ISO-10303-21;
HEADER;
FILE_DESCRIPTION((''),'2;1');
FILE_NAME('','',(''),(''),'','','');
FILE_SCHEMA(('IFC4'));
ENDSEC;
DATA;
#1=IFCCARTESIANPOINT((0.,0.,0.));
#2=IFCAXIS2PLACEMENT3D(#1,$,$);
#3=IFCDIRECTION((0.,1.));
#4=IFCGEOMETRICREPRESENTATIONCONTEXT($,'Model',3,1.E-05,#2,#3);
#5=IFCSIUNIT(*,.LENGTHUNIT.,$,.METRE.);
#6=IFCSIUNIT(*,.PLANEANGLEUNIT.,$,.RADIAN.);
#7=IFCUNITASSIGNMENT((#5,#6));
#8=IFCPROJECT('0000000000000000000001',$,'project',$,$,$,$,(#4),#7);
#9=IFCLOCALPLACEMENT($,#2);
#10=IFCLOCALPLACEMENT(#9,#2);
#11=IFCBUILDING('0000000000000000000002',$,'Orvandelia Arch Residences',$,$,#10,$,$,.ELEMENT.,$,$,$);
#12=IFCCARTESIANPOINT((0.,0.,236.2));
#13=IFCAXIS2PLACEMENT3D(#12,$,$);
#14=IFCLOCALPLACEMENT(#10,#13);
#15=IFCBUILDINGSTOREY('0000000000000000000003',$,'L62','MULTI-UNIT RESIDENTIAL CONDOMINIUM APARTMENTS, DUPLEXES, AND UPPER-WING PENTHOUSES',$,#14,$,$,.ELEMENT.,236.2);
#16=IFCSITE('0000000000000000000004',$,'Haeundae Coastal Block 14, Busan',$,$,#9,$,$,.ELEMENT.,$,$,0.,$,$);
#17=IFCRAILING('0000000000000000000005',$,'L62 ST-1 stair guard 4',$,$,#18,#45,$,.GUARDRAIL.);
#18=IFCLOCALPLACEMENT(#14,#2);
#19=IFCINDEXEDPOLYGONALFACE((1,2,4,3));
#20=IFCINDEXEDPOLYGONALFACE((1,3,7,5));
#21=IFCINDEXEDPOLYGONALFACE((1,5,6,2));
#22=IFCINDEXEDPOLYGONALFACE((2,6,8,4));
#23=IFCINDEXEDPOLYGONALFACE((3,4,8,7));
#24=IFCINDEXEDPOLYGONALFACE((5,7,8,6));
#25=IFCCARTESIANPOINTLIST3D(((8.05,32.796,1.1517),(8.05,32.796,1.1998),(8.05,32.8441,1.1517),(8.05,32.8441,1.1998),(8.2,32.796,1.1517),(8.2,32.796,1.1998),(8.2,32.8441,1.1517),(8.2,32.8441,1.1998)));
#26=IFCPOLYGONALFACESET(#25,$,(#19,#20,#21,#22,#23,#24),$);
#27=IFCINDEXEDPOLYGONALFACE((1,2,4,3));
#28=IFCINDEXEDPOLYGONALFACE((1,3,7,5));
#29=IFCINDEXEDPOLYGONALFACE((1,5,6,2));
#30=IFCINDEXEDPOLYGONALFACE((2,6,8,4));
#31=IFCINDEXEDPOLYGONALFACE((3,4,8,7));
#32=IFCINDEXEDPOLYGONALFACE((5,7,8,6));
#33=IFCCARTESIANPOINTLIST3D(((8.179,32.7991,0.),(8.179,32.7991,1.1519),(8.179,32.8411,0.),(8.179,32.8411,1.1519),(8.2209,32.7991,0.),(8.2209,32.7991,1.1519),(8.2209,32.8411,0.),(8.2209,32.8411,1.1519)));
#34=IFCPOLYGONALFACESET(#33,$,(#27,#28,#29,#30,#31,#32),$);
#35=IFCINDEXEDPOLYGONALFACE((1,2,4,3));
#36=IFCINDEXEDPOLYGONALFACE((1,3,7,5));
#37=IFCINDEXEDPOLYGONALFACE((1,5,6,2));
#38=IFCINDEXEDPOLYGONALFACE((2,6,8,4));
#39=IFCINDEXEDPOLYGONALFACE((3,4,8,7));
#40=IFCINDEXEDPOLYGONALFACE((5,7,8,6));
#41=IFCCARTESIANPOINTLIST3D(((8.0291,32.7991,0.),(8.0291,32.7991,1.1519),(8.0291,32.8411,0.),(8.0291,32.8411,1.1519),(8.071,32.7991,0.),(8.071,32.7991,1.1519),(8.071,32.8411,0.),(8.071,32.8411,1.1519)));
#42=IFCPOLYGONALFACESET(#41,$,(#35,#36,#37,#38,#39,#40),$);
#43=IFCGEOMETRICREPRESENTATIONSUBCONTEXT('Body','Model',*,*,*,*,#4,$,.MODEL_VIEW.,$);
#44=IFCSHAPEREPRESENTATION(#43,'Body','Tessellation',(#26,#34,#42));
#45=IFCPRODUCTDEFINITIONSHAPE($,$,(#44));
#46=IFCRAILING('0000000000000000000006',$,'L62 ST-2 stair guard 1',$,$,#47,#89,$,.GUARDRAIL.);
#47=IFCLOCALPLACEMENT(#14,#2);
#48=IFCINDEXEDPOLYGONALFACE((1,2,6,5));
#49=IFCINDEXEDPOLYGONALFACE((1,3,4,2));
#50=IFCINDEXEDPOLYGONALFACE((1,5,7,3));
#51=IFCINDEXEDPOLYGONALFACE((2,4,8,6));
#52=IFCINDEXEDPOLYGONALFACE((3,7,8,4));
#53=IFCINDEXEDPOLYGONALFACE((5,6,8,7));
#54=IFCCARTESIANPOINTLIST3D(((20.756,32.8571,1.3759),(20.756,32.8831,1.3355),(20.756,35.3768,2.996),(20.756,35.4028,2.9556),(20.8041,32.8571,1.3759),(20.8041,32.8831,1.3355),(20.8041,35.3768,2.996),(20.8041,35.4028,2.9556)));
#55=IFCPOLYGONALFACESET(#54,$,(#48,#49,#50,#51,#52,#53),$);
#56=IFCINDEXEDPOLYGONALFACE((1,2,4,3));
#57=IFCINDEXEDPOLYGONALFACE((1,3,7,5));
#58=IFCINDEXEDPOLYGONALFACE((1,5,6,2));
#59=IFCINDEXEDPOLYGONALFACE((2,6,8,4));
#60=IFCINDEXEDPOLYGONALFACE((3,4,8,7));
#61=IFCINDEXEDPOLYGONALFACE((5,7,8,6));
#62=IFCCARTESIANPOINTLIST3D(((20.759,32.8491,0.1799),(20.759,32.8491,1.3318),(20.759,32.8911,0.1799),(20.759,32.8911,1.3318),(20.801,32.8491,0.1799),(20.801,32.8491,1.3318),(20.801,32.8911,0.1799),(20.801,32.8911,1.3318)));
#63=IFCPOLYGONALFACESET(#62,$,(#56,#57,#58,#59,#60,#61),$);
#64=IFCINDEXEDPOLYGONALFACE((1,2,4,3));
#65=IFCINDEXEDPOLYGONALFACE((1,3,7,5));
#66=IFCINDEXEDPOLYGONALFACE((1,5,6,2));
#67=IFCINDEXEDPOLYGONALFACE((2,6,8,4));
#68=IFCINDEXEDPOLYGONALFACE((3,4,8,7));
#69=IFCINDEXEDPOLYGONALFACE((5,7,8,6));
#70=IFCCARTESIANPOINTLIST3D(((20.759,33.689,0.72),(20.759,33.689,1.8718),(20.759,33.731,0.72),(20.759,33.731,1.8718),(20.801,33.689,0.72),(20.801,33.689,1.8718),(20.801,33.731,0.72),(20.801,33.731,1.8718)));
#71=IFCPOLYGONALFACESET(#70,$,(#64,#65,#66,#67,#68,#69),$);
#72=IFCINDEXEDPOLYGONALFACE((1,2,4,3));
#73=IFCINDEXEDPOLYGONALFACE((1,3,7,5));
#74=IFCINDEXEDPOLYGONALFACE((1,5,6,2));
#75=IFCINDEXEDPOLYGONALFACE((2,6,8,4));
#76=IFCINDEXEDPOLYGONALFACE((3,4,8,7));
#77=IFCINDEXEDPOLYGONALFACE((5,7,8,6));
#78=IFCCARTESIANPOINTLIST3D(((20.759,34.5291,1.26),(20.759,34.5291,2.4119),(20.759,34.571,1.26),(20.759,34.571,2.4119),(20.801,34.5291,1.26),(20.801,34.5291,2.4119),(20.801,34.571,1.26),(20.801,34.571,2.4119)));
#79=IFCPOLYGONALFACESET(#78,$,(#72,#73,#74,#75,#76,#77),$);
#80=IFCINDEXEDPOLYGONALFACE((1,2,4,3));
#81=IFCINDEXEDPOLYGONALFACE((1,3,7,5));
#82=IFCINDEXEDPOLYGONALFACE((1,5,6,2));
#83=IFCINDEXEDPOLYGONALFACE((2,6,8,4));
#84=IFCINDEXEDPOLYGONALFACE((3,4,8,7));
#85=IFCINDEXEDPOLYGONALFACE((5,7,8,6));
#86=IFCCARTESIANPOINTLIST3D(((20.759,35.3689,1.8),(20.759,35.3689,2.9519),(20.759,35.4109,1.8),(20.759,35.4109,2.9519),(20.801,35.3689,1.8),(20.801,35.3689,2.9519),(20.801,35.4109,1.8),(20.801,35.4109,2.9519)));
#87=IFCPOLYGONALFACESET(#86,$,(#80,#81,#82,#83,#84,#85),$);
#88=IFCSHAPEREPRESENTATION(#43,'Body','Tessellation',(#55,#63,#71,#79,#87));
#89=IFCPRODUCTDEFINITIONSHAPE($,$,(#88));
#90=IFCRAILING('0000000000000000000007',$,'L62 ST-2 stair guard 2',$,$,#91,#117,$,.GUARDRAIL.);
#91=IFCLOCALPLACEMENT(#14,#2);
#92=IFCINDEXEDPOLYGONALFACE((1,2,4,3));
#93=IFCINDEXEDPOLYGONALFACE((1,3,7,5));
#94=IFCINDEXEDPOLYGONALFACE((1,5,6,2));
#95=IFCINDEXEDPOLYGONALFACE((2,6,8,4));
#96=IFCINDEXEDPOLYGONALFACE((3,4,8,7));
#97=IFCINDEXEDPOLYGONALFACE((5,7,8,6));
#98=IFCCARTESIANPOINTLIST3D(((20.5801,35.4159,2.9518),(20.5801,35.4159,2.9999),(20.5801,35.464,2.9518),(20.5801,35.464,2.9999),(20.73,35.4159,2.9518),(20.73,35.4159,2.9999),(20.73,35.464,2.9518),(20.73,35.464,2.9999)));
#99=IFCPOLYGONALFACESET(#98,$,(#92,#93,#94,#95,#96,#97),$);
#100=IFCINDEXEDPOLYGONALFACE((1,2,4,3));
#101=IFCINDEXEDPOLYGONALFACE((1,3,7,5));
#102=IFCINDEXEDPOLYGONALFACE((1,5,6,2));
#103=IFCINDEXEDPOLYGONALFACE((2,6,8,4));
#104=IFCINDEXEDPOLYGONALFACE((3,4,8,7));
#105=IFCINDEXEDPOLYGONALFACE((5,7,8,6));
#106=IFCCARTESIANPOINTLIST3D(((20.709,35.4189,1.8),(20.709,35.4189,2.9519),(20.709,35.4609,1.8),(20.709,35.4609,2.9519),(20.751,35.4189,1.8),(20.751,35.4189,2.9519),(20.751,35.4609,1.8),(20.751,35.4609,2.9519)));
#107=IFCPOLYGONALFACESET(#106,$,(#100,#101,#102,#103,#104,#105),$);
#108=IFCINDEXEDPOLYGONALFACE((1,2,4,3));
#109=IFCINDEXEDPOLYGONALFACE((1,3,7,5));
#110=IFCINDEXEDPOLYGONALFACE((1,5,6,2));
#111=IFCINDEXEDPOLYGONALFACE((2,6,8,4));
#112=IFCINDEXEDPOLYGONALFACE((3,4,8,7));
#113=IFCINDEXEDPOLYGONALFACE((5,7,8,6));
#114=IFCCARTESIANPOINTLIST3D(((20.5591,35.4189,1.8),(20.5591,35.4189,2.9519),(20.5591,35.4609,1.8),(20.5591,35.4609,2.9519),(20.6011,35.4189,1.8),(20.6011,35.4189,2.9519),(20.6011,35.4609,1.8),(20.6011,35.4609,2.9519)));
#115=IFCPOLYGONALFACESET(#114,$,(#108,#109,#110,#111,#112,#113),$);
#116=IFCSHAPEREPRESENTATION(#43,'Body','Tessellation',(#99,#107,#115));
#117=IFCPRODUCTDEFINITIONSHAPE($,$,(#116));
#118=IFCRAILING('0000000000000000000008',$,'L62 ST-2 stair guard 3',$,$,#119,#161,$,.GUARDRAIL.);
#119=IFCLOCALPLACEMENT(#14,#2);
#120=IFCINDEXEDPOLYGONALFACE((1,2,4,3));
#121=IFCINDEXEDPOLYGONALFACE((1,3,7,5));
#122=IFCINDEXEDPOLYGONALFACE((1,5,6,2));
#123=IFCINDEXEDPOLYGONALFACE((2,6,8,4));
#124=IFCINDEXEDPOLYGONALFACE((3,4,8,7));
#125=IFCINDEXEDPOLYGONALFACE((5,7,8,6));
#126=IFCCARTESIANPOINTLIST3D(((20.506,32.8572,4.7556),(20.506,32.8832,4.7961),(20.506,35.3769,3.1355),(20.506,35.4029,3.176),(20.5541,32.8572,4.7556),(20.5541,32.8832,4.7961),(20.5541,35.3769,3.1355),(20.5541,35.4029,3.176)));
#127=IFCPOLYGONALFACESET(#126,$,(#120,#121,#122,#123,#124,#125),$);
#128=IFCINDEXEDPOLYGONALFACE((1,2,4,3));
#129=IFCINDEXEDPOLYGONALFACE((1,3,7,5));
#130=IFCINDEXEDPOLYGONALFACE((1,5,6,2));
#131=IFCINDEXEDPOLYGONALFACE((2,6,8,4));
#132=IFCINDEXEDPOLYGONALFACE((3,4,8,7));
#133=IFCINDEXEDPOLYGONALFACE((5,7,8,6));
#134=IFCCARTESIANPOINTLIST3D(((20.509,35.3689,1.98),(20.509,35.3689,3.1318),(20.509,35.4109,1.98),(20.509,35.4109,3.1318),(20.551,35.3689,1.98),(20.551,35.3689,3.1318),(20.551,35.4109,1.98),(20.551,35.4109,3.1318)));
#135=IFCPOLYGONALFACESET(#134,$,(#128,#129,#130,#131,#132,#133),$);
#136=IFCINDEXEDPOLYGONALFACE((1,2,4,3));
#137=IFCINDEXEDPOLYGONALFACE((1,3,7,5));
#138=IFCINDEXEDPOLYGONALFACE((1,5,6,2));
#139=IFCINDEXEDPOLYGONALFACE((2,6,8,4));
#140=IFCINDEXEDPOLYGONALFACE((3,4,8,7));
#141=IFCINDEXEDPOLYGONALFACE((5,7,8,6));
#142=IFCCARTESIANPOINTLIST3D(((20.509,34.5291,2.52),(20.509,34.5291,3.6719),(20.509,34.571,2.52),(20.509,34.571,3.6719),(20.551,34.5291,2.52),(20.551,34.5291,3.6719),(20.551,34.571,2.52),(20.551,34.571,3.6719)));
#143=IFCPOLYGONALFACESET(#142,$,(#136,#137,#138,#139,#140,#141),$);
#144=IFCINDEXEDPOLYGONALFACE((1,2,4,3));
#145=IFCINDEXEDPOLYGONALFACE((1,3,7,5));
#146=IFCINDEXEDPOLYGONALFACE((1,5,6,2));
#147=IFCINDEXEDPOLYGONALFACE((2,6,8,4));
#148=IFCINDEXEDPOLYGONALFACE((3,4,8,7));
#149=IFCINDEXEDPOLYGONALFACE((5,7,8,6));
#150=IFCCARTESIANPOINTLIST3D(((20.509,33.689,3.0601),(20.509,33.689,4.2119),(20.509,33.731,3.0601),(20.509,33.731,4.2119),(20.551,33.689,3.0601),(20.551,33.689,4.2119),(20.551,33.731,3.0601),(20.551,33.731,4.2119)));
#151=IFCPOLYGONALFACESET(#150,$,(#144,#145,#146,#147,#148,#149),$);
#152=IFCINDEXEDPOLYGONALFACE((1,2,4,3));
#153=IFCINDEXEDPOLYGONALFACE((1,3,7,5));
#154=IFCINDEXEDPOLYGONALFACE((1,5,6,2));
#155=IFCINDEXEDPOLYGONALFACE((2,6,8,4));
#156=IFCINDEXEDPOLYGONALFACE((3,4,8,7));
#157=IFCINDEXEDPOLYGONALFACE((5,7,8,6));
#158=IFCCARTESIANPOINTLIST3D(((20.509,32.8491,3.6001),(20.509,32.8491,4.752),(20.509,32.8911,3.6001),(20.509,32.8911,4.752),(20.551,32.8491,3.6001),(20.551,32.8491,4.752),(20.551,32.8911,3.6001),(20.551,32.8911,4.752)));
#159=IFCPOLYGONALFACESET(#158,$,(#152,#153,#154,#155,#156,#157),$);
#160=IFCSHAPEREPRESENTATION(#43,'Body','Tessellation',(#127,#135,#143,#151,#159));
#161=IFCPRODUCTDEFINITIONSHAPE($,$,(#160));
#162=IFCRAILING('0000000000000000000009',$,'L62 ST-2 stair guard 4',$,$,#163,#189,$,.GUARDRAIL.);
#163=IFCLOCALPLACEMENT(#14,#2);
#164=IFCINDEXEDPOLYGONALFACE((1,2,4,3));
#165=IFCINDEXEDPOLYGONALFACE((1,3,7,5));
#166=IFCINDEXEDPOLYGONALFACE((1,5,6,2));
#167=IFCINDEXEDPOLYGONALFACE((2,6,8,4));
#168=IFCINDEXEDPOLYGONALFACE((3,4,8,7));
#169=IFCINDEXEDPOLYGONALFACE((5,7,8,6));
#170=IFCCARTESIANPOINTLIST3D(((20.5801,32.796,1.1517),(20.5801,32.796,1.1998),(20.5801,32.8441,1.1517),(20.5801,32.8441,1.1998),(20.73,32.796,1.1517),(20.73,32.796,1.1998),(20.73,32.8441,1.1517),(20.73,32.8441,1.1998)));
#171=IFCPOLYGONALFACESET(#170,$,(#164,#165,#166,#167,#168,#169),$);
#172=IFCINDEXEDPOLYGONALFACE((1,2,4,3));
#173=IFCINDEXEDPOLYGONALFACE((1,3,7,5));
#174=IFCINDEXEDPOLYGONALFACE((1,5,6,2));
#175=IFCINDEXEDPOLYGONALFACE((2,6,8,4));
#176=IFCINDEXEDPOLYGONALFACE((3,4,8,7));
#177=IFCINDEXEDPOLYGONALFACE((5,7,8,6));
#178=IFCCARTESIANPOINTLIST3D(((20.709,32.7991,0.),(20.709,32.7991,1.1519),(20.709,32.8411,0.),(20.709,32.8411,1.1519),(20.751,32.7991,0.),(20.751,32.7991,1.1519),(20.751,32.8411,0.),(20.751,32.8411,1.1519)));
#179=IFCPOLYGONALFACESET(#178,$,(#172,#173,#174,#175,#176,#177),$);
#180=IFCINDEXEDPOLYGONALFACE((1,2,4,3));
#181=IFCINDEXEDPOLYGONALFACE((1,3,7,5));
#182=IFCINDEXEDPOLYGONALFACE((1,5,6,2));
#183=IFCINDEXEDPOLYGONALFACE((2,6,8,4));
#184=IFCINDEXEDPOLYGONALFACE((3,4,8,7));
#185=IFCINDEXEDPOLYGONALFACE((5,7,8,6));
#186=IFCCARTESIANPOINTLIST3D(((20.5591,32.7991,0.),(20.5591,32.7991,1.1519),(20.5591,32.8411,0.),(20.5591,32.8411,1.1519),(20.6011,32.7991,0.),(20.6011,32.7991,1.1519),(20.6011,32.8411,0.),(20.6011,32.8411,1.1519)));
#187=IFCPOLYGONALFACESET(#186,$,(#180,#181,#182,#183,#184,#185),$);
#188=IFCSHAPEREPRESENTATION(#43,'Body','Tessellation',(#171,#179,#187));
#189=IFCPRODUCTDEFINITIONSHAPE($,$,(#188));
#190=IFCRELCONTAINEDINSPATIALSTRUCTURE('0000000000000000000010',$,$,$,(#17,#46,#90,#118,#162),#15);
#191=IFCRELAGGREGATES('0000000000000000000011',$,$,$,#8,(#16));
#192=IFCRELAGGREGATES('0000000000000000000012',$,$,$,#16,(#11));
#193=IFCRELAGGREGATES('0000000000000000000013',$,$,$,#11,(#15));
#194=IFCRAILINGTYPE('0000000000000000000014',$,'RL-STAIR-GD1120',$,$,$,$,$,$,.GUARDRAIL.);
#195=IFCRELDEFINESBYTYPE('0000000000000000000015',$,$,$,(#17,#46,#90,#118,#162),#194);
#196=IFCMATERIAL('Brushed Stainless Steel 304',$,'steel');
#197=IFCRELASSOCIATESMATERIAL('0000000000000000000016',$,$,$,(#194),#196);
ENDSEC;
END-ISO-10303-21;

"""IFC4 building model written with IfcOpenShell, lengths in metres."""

from ifc_helpers import new_model, si_unit, direction, frame, origin, origin_2d, place, context, subcontext, project, spatial, rectangle, extrude, material, type_object, element, save


model = new_model("IFC4")

# Units and contexts
model_context = context("Model", 3, precision=1e-05, world=origin(), true_north=direction((0.0, 1.0)))
body_context = subcontext(model_context, "Body", "Model", "MODEL_VIEW")
ifc_project = project(units=[si_unit("LENGTHUNIT", "METRE"), si_unit("PLANEANGLEUNIT", "RADIAN")], contexts=[model_context])

# Site, building, storey
site_placement = place(None, origin())
site = spatial("IfcSite", under=ifc_project, at=site_placement, Name="Haeundae Coastal Block 14, Busan", CompositionType="ELEMENT", RefElevation=0.0)
building_placement = place(site_placement, origin())
building = spatial("IfcBuilding", under=site, at=building_placement, Name="Orvandelia Arch Residences", CompositionType="ELEMENT")
storey_placement = place(building_placement, frame((0.0, 0.0, 236.2)))
storey = spatial("IfcBuildingStorey", under=building, at=storey_placement, Name="L62", Description="MULTI-UNIT RESIDENTIAL CONDOMINIUM APARTMENTS, DUPLEXES, AND UPPER-WING PENTHOUSES", CompositionType="ELEMENT", Elevation=236.2)

# Railings
ifc_material_1 = material(Name="Brushed Stainless Steel 304", Category="steel")
railing_type_1 = type_object("IfcRailingType", Name="RL-STAIR-GD1120", PredefinedType="GUARDRAIL", material=ifc_material_1)
railing_1_placement = place(storey_placement, frame((8.2, 32.8201, 0.0)))
element("IfcRailing", 1, at=railing_1_placement, inside=storey, type_object=railing_type_1, Name="L62 ST-1 stair guard 4", PredefinedType="GUARDRAIL", context=body_context, shape_type="SweptSolid", body=[
    extrude(rectangle(XDim=0.0481, YDim=0.0481, at=origin_2d()), frame((0.0, 0.0, 1.1758), z_axis=(-1.0, 0.0, 0.0), x_axis=(0.0, -1.0, 0.0)), (0.0, 0.0, 1.0), 0.1499),
    extrude(rectangle(XDim=0.042, YDim=0.042, at=origin_2d()), origin(), (0.0, 0.0, 1.0), 1.1519),
    extrude(rectangle(XDim=0.042, YDim=0.042, at=origin_2d()), frame((-0.1499, 0.0, 0.0)), (0.0, 0.0, 1.0), 1.1519),
])
railing_2_placement = place(storey_placement, frame((20.78, 32.8701, 0.1799)))
element("IfcRailing", 2, at=railing_2_placement, inside=storey, type_object=railing_type_1, Name="L62 ST-2 stair guard 1", PredefinedType="GUARDRAIL", context=body_context, shape_type="SweptSolid", body=[
    extrude(rectangle(XDim=0.0481, YDim=0.0481, at=origin_2d()), frame((0.0, 0.0, 1.1758), z_axis=(0.0, 0.841139, 0.540819), x_axis=(-1.0, 0.0, 0.0)), (0.0, 0.0, 1.0), 2.9956),
    extrude(rectangle(XDim=0.042, YDim=0.042, at=origin_2d()), origin(), (0.0, 0.0, 1.0), 1.1519),
    extrude(rectangle(XDim=0.042, YDim=0.042, at=origin_2d()), frame((0.0, 0.8398, 0.54)), (0.0, 0.0, 1.0), 1.1519),
    extrude(rectangle(XDim=0.042, YDim=0.042, at=origin_2d()), frame((0.0, 1.6799, 1.0801)), (0.0, 0.0, 1.0), 1.1519),
    extrude(rectangle(XDim=0.042, YDim=0.042, at=origin_2d()), frame((0.0, 2.5198, 1.6201)), (0.0, 0.0, 1.0), 1.1519),
])
railing_3_placement = place(storey_placement, frame((20.73, 35.4399, 1.8)))
element("IfcRailing", 3, at=railing_3_placement, inside=storey, type_object=railing_type_1, Name="L62 ST-2 stair guard 2", PredefinedType="GUARDRAIL", context=body_context, shape_type="SweptSolid", body=[
    extrude(rectangle(XDim=0.0481, YDim=0.0481, at=origin_2d()), frame((0.0, 0.0, 1.1758), z_axis=(-1.0, 0.0, 0.0), x_axis=(0.0, -1.0, 0.0)), (0.0, 0.0, 1.0), 0.1499),
    extrude(rectangle(XDim=0.042, YDim=0.042, at=origin_2d()), origin(), (0.0, 0.0, 1.0), 1.1519),
    extrude(rectangle(XDim=0.042, YDim=0.042, at=origin_2d()), frame((-0.1499, 0.0, 0.0)), (0.0, 0.0, 1.0), 1.1519),
])
railing_4_placement = place(storey_placement, frame((20.53, 35.3899, 1.98)))
element("IfcRailing", 4, at=railing_4_placement, inside=storey, type_object=railing_type_1, Name="L62 ST-2 stair guard 3", PredefinedType="GUARDRAIL", context=body_context, shape_type="SweptSolid", body=[
    extrude(rectangle(XDim=0.0481, YDim=0.0481, at=origin_2d()), frame((0.0, 0.0, 1.1758), z_axis=(0.0, -0.841139, 0.540819), x_axis=(1.0, 0.0, 0.0)), (0.0, 0.0, 1.0), 2.9956),
    extrude(rectangle(XDim=0.042, YDim=0.042, at=origin_2d()), origin(), (0.0, 0.0, 1.0), 1.1519),
    extrude(rectangle(XDim=0.042, YDim=0.042, at=origin_2d()), frame((0.0, -0.8398, 0.54)), (0.0, 0.0, 1.0), 1.1519),
    extrude(rectangle(XDim=0.042, YDim=0.042, at=origin_2d()), frame((0.0, -1.6799, 1.0801)), (0.0, 0.0, 1.0), 1.1519),
    extrude(rectangle(XDim=0.042, YDim=0.042, at=origin_2d()), frame((0.0, -2.5198, 1.6201)), (0.0, 0.0, 1.0), 1.1519),
])
railing_5_placement = place(storey_placement, frame((20.73, 32.8201, 0.0)))
element("IfcRailing", 5, at=railing_5_placement, inside=storey, type_object=railing_type_1, Name="L62 ST-2 stair guard 4", PredefinedType="GUARDRAIL", context=body_context, shape_type="SweptSolid", body=[
    extrude(rectangle(XDim=0.0481, YDim=0.0481, at=origin_2d()), frame((0.0, 0.0, 1.1758), z_axis=(-1.0, 0.0, 0.0), x_axis=(0.0, -1.0, 0.0)), (0.0, 0.0, 1.0), 0.1499),
    extrude(rectangle(XDim=0.042, YDim=0.042, at=origin_2d()), origin(), (0.0, 0.0, 1.0), 1.1519),
    extrude(rectangle(XDim=0.042, YDim=0.042, at=origin_2d()), frame((-0.1499, 0.0, 0.0)), (0.0, 0.0, 1.0), 1.1519),
])

save(model, "model.ifc")
